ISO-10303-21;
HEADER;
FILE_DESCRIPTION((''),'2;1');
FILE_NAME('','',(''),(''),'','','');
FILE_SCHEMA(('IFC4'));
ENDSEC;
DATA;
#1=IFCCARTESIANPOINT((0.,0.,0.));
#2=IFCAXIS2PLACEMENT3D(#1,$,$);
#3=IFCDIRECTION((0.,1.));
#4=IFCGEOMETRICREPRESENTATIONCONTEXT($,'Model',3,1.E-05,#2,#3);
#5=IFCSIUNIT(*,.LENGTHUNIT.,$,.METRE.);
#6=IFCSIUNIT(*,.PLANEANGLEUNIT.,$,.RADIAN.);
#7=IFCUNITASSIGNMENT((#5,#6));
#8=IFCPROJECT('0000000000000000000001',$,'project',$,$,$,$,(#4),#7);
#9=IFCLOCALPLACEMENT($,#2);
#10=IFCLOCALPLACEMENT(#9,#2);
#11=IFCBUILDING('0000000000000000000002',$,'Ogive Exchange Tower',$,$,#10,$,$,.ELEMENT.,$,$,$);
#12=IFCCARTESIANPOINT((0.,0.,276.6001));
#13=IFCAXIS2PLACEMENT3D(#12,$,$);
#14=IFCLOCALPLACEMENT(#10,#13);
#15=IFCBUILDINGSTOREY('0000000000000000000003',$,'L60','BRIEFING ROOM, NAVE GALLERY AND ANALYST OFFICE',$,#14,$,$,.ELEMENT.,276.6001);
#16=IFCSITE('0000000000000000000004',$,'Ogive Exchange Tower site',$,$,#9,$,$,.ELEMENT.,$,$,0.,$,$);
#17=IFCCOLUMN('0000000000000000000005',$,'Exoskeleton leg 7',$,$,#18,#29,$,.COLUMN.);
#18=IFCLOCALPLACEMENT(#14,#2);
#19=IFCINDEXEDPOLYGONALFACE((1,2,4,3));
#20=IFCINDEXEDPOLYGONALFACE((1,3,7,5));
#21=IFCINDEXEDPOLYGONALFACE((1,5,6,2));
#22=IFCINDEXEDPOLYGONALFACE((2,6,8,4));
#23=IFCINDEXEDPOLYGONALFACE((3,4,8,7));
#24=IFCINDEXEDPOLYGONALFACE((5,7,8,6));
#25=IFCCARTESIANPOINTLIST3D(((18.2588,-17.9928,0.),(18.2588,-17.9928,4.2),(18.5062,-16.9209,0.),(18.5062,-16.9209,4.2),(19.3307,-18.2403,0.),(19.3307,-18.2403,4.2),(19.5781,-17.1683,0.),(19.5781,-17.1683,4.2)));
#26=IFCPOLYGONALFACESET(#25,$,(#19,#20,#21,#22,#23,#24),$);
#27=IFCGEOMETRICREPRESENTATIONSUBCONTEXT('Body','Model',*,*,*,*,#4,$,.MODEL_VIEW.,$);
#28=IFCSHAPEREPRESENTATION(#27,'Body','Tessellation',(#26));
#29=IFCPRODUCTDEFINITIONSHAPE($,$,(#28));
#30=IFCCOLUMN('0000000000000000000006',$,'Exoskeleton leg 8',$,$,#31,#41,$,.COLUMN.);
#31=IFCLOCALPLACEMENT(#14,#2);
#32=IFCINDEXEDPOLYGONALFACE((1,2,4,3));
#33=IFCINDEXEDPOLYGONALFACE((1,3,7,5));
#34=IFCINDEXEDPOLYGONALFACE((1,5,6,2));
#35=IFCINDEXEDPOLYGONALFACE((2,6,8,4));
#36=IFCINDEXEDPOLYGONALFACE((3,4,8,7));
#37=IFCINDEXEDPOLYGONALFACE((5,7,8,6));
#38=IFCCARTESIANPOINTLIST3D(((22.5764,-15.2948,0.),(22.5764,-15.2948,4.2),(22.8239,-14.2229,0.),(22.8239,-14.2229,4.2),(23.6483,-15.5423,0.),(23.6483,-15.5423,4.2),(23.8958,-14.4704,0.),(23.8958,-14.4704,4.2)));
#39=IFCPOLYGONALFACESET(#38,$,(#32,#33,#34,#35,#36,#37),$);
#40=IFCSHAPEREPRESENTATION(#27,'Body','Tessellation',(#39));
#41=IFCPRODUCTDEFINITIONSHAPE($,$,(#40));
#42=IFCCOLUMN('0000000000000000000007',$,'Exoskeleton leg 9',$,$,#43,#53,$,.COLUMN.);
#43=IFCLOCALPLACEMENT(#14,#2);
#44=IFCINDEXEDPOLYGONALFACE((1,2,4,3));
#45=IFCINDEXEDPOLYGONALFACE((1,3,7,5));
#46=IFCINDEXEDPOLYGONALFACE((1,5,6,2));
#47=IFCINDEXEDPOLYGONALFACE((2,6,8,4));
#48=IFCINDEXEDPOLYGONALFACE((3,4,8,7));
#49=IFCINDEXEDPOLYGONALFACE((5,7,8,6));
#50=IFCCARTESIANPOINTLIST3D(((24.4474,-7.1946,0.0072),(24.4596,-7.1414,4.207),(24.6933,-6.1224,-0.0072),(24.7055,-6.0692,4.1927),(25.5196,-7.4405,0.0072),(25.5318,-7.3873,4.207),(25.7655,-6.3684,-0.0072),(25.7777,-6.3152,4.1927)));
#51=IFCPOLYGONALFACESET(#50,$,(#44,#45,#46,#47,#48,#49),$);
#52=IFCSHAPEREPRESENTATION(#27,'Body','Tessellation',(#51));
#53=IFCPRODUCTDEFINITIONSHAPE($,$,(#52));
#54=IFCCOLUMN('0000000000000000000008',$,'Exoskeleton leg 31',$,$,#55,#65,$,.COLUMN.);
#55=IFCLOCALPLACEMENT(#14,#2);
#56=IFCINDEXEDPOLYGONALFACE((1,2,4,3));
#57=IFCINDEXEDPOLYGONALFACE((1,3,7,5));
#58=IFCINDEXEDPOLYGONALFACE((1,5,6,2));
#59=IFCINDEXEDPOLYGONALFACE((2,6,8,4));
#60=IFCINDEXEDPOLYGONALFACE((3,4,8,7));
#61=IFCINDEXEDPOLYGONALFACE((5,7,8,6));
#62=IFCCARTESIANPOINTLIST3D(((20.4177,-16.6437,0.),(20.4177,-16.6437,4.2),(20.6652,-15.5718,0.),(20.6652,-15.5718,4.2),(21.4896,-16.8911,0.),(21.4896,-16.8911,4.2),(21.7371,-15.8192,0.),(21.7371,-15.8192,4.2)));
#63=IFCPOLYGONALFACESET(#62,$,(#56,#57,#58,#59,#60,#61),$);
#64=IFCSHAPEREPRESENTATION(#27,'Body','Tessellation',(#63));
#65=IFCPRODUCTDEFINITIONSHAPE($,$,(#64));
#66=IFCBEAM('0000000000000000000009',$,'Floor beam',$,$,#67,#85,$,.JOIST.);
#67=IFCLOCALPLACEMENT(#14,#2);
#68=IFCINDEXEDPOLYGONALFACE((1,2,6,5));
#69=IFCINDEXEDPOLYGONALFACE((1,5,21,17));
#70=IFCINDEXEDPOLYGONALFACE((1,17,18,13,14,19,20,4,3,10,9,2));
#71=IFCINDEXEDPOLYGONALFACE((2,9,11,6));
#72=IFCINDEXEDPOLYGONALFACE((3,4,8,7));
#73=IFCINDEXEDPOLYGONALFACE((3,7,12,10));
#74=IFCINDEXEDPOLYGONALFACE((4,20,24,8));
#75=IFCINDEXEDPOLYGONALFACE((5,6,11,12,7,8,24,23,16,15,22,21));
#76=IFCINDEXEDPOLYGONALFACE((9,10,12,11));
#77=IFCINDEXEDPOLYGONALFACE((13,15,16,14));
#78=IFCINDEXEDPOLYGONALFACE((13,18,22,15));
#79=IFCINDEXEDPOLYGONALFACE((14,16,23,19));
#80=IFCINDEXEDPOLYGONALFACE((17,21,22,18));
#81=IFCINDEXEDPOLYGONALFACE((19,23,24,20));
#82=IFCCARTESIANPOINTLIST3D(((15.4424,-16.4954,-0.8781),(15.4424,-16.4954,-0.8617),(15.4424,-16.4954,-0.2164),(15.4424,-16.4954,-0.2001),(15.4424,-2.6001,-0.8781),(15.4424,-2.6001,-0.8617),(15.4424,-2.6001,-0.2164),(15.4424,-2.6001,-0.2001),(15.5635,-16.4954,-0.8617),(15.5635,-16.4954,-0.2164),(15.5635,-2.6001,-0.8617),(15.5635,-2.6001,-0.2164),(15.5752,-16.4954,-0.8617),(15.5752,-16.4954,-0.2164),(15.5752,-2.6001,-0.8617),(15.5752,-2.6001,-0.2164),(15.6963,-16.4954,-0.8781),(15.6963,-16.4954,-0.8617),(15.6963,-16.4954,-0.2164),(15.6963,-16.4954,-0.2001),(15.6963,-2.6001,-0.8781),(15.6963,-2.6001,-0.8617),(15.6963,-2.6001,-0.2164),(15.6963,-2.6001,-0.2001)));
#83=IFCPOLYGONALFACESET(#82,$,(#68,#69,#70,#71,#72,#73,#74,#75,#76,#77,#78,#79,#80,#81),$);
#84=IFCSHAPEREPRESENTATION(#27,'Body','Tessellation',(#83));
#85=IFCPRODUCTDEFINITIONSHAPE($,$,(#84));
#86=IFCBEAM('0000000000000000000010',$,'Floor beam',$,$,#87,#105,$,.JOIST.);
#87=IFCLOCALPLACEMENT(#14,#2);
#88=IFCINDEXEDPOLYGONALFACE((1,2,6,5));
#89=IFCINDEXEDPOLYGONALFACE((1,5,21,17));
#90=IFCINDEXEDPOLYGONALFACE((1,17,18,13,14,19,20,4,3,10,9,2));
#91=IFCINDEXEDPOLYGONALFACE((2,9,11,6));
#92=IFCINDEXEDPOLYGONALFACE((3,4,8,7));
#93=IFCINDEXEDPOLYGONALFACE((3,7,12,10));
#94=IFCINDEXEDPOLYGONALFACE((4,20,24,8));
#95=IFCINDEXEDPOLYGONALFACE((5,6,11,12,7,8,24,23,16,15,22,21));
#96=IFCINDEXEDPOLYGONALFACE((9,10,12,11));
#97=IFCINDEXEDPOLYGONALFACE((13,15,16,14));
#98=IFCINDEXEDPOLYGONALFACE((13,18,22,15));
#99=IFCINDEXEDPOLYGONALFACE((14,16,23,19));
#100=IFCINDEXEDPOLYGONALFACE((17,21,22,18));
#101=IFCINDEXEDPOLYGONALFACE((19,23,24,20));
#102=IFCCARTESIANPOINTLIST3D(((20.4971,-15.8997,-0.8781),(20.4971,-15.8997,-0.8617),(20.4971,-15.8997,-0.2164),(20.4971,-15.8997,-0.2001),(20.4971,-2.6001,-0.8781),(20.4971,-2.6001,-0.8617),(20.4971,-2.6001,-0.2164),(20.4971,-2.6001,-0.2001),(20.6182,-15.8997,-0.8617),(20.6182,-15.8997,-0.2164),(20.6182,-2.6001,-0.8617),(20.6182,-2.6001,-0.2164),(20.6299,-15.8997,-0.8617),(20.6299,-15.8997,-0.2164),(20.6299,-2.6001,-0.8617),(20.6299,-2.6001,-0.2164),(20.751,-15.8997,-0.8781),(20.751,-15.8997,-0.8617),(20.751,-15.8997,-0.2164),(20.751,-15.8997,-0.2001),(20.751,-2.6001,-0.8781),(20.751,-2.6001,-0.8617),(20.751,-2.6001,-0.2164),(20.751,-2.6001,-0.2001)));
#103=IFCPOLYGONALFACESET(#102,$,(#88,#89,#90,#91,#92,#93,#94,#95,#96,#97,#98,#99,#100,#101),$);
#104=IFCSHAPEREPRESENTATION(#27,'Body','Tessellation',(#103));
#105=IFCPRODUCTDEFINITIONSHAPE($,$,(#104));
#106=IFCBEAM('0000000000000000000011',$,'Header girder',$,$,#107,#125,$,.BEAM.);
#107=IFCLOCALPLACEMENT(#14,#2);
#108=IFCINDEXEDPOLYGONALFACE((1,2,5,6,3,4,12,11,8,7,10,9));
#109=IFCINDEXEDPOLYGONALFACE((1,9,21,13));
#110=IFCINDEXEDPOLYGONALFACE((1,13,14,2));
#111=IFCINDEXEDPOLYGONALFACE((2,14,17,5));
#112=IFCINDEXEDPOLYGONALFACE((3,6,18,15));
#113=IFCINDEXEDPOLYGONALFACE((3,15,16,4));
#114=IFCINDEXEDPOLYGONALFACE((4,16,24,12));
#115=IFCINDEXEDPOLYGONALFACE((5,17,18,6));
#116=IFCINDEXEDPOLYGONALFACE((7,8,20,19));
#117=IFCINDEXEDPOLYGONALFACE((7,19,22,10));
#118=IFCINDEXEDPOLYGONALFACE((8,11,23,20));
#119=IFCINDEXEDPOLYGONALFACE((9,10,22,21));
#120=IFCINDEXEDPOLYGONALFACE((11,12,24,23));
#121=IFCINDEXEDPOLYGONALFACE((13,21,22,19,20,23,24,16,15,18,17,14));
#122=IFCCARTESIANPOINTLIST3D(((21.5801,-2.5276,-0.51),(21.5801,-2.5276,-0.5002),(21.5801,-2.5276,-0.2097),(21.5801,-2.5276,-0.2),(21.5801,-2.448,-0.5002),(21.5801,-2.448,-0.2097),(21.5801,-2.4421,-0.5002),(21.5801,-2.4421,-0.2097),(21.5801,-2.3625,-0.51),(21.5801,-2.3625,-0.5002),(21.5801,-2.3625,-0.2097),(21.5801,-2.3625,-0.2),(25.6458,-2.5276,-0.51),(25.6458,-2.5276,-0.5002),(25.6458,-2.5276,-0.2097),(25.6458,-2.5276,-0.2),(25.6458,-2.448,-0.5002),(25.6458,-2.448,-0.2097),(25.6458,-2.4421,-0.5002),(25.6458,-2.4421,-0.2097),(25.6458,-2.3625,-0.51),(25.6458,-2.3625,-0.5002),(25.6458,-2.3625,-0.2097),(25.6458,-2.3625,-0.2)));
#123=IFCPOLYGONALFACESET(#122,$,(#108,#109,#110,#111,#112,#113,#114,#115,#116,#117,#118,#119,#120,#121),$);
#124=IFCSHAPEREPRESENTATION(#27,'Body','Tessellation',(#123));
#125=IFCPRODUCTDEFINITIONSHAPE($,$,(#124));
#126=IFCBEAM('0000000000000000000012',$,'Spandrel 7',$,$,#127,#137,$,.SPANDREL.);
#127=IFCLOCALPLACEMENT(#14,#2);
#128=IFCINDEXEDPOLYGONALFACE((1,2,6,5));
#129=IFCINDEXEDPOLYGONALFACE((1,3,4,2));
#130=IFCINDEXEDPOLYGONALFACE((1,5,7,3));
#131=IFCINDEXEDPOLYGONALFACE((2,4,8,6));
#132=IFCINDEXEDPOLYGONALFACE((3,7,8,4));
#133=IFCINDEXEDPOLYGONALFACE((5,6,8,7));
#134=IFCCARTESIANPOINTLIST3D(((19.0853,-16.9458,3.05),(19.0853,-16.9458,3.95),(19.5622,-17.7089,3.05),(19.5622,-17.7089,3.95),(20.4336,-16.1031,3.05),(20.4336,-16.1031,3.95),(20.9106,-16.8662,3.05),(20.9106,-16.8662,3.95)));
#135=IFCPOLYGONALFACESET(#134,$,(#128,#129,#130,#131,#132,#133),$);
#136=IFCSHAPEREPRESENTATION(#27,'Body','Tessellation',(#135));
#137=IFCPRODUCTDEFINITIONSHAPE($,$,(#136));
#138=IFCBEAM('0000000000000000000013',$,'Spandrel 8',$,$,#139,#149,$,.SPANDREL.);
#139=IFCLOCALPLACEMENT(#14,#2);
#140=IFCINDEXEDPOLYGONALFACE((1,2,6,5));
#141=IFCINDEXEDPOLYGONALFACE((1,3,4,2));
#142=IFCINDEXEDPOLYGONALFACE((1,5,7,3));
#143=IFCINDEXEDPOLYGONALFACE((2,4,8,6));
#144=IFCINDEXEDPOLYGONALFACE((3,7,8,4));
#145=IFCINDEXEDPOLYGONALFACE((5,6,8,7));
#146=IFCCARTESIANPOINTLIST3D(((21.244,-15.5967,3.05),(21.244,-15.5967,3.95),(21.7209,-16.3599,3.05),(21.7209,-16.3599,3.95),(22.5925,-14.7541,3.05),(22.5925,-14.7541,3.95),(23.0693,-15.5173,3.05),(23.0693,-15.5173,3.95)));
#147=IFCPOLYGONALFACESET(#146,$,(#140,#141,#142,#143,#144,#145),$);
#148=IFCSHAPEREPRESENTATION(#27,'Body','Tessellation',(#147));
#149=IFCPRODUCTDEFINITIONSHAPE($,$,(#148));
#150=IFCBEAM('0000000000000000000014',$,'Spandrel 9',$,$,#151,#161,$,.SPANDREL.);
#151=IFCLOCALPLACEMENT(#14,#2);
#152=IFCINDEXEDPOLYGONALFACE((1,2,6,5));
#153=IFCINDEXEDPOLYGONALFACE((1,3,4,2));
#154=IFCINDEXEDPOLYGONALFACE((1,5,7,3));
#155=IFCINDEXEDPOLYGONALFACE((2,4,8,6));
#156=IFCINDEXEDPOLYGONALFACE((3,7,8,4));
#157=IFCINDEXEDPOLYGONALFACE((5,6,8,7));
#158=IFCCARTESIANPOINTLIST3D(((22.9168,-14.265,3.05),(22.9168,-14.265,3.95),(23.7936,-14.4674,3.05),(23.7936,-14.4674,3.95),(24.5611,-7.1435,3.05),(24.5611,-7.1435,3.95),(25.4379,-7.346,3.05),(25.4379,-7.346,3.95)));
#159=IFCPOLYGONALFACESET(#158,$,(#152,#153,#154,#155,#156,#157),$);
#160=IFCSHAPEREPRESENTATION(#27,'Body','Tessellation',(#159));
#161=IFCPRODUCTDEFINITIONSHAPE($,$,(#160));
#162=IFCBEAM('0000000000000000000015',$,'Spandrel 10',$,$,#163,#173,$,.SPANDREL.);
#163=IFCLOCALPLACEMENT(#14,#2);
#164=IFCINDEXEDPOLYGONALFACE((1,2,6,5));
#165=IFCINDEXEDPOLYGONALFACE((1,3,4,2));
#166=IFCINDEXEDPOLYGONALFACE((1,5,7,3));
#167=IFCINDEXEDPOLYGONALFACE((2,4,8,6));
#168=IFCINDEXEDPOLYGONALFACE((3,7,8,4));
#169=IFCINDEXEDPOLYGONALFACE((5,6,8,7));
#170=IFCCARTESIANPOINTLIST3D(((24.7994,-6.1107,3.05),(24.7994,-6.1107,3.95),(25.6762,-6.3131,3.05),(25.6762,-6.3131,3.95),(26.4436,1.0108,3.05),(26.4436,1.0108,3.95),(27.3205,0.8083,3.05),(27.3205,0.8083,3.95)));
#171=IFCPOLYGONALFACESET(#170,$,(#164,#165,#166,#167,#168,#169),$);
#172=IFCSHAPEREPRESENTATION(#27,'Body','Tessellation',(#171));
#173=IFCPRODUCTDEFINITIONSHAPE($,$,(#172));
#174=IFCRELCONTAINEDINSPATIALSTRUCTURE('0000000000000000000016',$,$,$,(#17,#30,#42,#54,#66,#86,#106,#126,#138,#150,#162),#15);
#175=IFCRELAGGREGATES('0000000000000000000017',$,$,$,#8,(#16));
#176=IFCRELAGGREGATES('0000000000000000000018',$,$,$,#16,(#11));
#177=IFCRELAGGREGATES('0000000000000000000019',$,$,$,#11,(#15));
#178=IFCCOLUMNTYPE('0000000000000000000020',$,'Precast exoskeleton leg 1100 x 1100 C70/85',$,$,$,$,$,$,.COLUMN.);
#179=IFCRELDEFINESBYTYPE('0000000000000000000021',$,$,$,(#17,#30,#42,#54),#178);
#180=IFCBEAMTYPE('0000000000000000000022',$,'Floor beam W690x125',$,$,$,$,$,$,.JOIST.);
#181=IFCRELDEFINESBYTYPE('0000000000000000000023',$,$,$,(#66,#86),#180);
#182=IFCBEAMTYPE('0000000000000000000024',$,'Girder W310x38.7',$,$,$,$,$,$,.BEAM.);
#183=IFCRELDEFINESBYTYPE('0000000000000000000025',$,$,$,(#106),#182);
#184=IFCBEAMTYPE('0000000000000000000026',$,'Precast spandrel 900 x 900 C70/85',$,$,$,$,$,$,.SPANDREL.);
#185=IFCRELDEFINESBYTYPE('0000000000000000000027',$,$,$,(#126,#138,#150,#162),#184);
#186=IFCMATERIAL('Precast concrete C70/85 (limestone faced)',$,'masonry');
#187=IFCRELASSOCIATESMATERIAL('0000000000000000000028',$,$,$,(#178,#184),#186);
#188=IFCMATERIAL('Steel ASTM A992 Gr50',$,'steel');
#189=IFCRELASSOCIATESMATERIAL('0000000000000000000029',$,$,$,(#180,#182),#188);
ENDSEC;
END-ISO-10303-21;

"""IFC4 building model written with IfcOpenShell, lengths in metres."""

from ifc_helpers import new_model, si_unit, direction, frame, origin, origin_2d, place, context, subcontext, project, spatial, rectangle, i_section, extrude, material, material_profile, profile_set, type_object, element, save


model = new_model("IFC4")

# Units and contexts
model_context = context("Model", 3, precision=1e-05, world=origin(), true_north=direction((0.0, 1.0)))
body_context = subcontext(model_context, "Body", "Model", "MODEL_VIEW")
ifc_project = project(units=[si_unit("LENGTHUNIT", "METRE"), si_unit("PLANEANGLEUNIT", "RADIAN")], contexts=[model_context])

# Site, building, storey
site_placement = place(None, origin())
site = spatial("IfcSite", under=ifc_project, at=site_placement, Name="Ogive Exchange Tower site", CompositionType="ELEMENT", RefElevation=0.0)
building_placement = place(site_placement, origin())
building = spatial("IfcBuilding", under=site, at=building_placement, Name="Ogive Exchange Tower", CompositionType="ELEMENT")
storey_placement = place(building_placement, frame((0.0, 0.0, 276.6001)))
storey = spatial("IfcBuildingStorey", under=building, at=storey_placement, Name="L60", Description="BRIEFING ROOM, NAVE GALLERY AND ANALYST OFFICE", CompositionType="ELEMENT", Elevation=276.6001)

# Columns
ifc_material_1 = material(Name="Precast concrete C70/85 (limestone faced)", Category="masonry")
ifc_material_profile_1 = material_profile(ifc_material_1, rectangle(XDim=1.1001, YDim=1.1001, at=origin_2d()), Name="1100 x 1100")
ifc_profile_set_1 = profile_set([ifc_material_profile_1], Name="Precast concrete C70/85 (limestone faced)")
column_type = type_object("IfcColumnType", Name="Precast exoskeleton leg 1100 x 1100 C70/85", PredefinedType="COLUMN", material=ifc_profile_set_1)
for number, where, z_axis, x_axis, name in (
    (1, (18.9185, -17.5806, 0.0), (0.0, 0.0, 1.0), (0.97437, -0.224951, 0.0), "Exoskeleton leg 7"),
    (2, (23.2361, -14.8826, 0.0), (0.0, 0.0, 1.0), (0.97437, -0.224951, 0.0), "Exoskeleton leg 8"),
):
    element("IfcColumn", number, at=place(storey_placement, frame(where, z_axis=z_axis, x_axis=x_axis)), inside=storey, type_object=column_type, Name=name, PredefinedType="COLUMN", context=body_context, shape_type="SweptSolid", body=[
        extrude(rectangle(XDim=1.1001, YDim=1.1001, at=origin_2d()), origin(), (0.0, 0.0, 1.0), 4.2),
    ])
column_1_placement = place(storey_placement, frame((25.1064, -6.7815, 0.0), z_axis=(0.002906, 0.012671, 0.999915), x_axis=(-0.974692, 0.223553, 0.0)))
element("IfcColumn", 3, at=column_1_placement, inside=storey, type_object=column_type, Name="Exoskeleton leg 9", PredefinedType="COLUMN", context=body_context, shape_type="SweptSolid", body=[
    extrude(rectangle(XDim=1.1001, YDim=1.1001, at=origin_2d()), origin(), (0.0, 0.0, 1.0), 4.2002),
])
column_2_placement = place(storey_placement, frame((21.0774, -16.2314, 0.0), z_axis=(0.0, 0.0, 1.0), x_axis=(0.97437, -0.224951, 0.0)))
element("IfcColumn", 4, at=column_2_placement, inside=storey, type_object=column_type, Name="Exoskeleton leg 31", PredefinedType="COLUMN", context=body_context, shape_type="SweptSolid", body=[
    extrude(rectangle(XDim=1.1001, YDim=1.1001, at=origin_2d()), origin(), (0.0, 0.0, 1.0), 4.2),
])

# Beams
ifc_material_2 = material(Name="Steel ASTM A992 Gr50", Category="steel")
ifc_material_profile_2 = material_profile(ifc_material_2, i_section(OverallWidth=0.2539, OverallDepth=0.678, WebThickness=0.0117, FlangeThickness=0.0164, at=origin_2d()), Name="W690x125")
ifc_profile_set_2 = profile_set([ifc_material_profile_2], Name="Steel ASTM A992 Gr50")
beam_type_1 = type_object("IfcBeamType", Name="Floor beam W690x125", PredefinedType="JOIST", material=ifc_profile_set_2)
beam_1_placement = place(storey_placement, frame((15.5693, -16.4954, -0.5391), z_axis=(0.0, 1.0, 0.0), x_axis=(-1.0, 0.0, 0.0)))
element("IfcBeam", 5, at=beam_1_placement, inside=storey, type_object=beam_type_1, Name="Floor beam", PredefinedType="JOIST", context=body_context, shape_type="SweptSolid", body=[
    extrude(i_section(OverallWidth=0.2539, OverallDepth=0.678, WebThickness=0.0117, FlangeThickness=0.0164, at=origin_2d()), origin(), (0.0, 0.0, 1.0), 13.8953),
])
beam_2_placement = place(storey_placement, frame((20.624, -15.8997, -0.5391), z_axis=(0.0, 1.0, 0.0), x_axis=(-1.0, 0.0, 0.0)))
element("IfcBeam", 6, at=beam_2_placement, inside=storey, type_object=beam_type_1, Name="Floor beam", PredefinedType="JOIST", context=body_context, shape_type="SweptSolid", body=[
    extrude(i_section(OverallWidth=0.2539, OverallDepth=0.678, WebThickness=0.0117, FlangeThickness=0.0164, at=origin_2d()), origin(), (0.0, 0.0, 1.0), 13.2996),
])
ifc_material_profile_3 = material_profile(ifc_material_2, i_section(OverallWidth=0.165, OverallDepth=0.3101, WebThickness=0.0059, FlangeThickness=0.0098, at=origin_2d()), Name="W310x38.7")
ifc_profile_set_3 = profile_set([ifc_material_profile_3], Name="Steel ASTM A992 Gr50")
beam_type_2 = type_object("IfcBeamType", Name="Girder W310x38.7", PredefinedType="BEAM", material=ifc_profile_set_3)
beam_3_placement = place(storey_placement, frame((21.5801, -2.4451, -0.355), z_axis=(1.0, 0.0, 0.0), x_axis=(0.0, 1.0, 0.0)))
element("IfcBeam", 7, at=beam_3_placement, inside=storey, type_object=beam_type_2, Name="Header girder", PredefinedType="BEAM", context=body_context, shape_type="SweptSolid", body=[
    extrude(i_section(OverallWidth=0.165, OverallDepth=0.3101, WebThickness=0.0059, FlangeThickness=0.0098, at=origin_2d()), origin(), (0.0, 0.0, 1.0), 4.0657),
])
ifc_material_profile_4 = material_profile(ifc_material_1, rectangle(XDim=0.8999, YDim=0.8999, at=origin_2d()), Name="900 x 900")
ifc_profile_set_4 = profile_set([ifc_material_profile_4], Name="Precast concrete C70/85 (limestone faced)")
beam_type_3 = type_object("IfcBeamType", Name="Precast spandrel 900 x 900 C70/85", PredefinedType="SPANDREL", material=ifc_profile_set_4)
for number, where, z_axis, x_axis, name in (
    (8, (19.3237, -17.3274, 3.5), (0.84799, 0.530013, 0.0), (-0.530013, 0.84799, 0.0), "Spandrel 7"),
    (9, (21.4824, -15.9783, 3.5), (0.848059, 0.529902, 0.0), (-0.529902, 0.848059, 0.0), "Spandrel 8"),
):
    element("IfcBeam", number, at=place(storey_placement, frame(where, z_axis=z_axis, x_axis=x_axis)), inside=storey, type_object=beam_type_3, Name=name, PredefinedType="SPANDREL", context=body_context, shape_type="SweptSolid", body=[
        extrude(rectangle(XDim=0.8999, YDim=0.8999, at=origin_2d()), origin(), (0.0, 0.0, 1.0), 1.5901),
    ])
for number, where, z_axis, x_axis, name in (
    (10, (23.3552, -14.3662, 3.5), (0.224969, 0.974366, 0.0), (-0.974366, 0.224969, 0.0), "Spandrel 9"),
    (11, (25.2378, -6.2119, 3.5), (0.224969, 0.974366, 0.0), (-0.974366, 0.224969, 0.0), "Spandrel 10"),
):
    element("IfcBeam", number, at=place(storey_placement, frame(where, z_axis=z_axis, x_axis=x_axis)), inside=storey, type_object=beam_type_3, Name=name, PredefinedType="SPANDREL", context=body_context, shape_type="SweptSolid", body=[
        extrude(rectangle(XDim=0.8999, YDim=0.8999, at=origin_2d()), origin(), (0.0, 0.0, 1.0), 7.3088),
    ])

save(model, "model.ifc")
